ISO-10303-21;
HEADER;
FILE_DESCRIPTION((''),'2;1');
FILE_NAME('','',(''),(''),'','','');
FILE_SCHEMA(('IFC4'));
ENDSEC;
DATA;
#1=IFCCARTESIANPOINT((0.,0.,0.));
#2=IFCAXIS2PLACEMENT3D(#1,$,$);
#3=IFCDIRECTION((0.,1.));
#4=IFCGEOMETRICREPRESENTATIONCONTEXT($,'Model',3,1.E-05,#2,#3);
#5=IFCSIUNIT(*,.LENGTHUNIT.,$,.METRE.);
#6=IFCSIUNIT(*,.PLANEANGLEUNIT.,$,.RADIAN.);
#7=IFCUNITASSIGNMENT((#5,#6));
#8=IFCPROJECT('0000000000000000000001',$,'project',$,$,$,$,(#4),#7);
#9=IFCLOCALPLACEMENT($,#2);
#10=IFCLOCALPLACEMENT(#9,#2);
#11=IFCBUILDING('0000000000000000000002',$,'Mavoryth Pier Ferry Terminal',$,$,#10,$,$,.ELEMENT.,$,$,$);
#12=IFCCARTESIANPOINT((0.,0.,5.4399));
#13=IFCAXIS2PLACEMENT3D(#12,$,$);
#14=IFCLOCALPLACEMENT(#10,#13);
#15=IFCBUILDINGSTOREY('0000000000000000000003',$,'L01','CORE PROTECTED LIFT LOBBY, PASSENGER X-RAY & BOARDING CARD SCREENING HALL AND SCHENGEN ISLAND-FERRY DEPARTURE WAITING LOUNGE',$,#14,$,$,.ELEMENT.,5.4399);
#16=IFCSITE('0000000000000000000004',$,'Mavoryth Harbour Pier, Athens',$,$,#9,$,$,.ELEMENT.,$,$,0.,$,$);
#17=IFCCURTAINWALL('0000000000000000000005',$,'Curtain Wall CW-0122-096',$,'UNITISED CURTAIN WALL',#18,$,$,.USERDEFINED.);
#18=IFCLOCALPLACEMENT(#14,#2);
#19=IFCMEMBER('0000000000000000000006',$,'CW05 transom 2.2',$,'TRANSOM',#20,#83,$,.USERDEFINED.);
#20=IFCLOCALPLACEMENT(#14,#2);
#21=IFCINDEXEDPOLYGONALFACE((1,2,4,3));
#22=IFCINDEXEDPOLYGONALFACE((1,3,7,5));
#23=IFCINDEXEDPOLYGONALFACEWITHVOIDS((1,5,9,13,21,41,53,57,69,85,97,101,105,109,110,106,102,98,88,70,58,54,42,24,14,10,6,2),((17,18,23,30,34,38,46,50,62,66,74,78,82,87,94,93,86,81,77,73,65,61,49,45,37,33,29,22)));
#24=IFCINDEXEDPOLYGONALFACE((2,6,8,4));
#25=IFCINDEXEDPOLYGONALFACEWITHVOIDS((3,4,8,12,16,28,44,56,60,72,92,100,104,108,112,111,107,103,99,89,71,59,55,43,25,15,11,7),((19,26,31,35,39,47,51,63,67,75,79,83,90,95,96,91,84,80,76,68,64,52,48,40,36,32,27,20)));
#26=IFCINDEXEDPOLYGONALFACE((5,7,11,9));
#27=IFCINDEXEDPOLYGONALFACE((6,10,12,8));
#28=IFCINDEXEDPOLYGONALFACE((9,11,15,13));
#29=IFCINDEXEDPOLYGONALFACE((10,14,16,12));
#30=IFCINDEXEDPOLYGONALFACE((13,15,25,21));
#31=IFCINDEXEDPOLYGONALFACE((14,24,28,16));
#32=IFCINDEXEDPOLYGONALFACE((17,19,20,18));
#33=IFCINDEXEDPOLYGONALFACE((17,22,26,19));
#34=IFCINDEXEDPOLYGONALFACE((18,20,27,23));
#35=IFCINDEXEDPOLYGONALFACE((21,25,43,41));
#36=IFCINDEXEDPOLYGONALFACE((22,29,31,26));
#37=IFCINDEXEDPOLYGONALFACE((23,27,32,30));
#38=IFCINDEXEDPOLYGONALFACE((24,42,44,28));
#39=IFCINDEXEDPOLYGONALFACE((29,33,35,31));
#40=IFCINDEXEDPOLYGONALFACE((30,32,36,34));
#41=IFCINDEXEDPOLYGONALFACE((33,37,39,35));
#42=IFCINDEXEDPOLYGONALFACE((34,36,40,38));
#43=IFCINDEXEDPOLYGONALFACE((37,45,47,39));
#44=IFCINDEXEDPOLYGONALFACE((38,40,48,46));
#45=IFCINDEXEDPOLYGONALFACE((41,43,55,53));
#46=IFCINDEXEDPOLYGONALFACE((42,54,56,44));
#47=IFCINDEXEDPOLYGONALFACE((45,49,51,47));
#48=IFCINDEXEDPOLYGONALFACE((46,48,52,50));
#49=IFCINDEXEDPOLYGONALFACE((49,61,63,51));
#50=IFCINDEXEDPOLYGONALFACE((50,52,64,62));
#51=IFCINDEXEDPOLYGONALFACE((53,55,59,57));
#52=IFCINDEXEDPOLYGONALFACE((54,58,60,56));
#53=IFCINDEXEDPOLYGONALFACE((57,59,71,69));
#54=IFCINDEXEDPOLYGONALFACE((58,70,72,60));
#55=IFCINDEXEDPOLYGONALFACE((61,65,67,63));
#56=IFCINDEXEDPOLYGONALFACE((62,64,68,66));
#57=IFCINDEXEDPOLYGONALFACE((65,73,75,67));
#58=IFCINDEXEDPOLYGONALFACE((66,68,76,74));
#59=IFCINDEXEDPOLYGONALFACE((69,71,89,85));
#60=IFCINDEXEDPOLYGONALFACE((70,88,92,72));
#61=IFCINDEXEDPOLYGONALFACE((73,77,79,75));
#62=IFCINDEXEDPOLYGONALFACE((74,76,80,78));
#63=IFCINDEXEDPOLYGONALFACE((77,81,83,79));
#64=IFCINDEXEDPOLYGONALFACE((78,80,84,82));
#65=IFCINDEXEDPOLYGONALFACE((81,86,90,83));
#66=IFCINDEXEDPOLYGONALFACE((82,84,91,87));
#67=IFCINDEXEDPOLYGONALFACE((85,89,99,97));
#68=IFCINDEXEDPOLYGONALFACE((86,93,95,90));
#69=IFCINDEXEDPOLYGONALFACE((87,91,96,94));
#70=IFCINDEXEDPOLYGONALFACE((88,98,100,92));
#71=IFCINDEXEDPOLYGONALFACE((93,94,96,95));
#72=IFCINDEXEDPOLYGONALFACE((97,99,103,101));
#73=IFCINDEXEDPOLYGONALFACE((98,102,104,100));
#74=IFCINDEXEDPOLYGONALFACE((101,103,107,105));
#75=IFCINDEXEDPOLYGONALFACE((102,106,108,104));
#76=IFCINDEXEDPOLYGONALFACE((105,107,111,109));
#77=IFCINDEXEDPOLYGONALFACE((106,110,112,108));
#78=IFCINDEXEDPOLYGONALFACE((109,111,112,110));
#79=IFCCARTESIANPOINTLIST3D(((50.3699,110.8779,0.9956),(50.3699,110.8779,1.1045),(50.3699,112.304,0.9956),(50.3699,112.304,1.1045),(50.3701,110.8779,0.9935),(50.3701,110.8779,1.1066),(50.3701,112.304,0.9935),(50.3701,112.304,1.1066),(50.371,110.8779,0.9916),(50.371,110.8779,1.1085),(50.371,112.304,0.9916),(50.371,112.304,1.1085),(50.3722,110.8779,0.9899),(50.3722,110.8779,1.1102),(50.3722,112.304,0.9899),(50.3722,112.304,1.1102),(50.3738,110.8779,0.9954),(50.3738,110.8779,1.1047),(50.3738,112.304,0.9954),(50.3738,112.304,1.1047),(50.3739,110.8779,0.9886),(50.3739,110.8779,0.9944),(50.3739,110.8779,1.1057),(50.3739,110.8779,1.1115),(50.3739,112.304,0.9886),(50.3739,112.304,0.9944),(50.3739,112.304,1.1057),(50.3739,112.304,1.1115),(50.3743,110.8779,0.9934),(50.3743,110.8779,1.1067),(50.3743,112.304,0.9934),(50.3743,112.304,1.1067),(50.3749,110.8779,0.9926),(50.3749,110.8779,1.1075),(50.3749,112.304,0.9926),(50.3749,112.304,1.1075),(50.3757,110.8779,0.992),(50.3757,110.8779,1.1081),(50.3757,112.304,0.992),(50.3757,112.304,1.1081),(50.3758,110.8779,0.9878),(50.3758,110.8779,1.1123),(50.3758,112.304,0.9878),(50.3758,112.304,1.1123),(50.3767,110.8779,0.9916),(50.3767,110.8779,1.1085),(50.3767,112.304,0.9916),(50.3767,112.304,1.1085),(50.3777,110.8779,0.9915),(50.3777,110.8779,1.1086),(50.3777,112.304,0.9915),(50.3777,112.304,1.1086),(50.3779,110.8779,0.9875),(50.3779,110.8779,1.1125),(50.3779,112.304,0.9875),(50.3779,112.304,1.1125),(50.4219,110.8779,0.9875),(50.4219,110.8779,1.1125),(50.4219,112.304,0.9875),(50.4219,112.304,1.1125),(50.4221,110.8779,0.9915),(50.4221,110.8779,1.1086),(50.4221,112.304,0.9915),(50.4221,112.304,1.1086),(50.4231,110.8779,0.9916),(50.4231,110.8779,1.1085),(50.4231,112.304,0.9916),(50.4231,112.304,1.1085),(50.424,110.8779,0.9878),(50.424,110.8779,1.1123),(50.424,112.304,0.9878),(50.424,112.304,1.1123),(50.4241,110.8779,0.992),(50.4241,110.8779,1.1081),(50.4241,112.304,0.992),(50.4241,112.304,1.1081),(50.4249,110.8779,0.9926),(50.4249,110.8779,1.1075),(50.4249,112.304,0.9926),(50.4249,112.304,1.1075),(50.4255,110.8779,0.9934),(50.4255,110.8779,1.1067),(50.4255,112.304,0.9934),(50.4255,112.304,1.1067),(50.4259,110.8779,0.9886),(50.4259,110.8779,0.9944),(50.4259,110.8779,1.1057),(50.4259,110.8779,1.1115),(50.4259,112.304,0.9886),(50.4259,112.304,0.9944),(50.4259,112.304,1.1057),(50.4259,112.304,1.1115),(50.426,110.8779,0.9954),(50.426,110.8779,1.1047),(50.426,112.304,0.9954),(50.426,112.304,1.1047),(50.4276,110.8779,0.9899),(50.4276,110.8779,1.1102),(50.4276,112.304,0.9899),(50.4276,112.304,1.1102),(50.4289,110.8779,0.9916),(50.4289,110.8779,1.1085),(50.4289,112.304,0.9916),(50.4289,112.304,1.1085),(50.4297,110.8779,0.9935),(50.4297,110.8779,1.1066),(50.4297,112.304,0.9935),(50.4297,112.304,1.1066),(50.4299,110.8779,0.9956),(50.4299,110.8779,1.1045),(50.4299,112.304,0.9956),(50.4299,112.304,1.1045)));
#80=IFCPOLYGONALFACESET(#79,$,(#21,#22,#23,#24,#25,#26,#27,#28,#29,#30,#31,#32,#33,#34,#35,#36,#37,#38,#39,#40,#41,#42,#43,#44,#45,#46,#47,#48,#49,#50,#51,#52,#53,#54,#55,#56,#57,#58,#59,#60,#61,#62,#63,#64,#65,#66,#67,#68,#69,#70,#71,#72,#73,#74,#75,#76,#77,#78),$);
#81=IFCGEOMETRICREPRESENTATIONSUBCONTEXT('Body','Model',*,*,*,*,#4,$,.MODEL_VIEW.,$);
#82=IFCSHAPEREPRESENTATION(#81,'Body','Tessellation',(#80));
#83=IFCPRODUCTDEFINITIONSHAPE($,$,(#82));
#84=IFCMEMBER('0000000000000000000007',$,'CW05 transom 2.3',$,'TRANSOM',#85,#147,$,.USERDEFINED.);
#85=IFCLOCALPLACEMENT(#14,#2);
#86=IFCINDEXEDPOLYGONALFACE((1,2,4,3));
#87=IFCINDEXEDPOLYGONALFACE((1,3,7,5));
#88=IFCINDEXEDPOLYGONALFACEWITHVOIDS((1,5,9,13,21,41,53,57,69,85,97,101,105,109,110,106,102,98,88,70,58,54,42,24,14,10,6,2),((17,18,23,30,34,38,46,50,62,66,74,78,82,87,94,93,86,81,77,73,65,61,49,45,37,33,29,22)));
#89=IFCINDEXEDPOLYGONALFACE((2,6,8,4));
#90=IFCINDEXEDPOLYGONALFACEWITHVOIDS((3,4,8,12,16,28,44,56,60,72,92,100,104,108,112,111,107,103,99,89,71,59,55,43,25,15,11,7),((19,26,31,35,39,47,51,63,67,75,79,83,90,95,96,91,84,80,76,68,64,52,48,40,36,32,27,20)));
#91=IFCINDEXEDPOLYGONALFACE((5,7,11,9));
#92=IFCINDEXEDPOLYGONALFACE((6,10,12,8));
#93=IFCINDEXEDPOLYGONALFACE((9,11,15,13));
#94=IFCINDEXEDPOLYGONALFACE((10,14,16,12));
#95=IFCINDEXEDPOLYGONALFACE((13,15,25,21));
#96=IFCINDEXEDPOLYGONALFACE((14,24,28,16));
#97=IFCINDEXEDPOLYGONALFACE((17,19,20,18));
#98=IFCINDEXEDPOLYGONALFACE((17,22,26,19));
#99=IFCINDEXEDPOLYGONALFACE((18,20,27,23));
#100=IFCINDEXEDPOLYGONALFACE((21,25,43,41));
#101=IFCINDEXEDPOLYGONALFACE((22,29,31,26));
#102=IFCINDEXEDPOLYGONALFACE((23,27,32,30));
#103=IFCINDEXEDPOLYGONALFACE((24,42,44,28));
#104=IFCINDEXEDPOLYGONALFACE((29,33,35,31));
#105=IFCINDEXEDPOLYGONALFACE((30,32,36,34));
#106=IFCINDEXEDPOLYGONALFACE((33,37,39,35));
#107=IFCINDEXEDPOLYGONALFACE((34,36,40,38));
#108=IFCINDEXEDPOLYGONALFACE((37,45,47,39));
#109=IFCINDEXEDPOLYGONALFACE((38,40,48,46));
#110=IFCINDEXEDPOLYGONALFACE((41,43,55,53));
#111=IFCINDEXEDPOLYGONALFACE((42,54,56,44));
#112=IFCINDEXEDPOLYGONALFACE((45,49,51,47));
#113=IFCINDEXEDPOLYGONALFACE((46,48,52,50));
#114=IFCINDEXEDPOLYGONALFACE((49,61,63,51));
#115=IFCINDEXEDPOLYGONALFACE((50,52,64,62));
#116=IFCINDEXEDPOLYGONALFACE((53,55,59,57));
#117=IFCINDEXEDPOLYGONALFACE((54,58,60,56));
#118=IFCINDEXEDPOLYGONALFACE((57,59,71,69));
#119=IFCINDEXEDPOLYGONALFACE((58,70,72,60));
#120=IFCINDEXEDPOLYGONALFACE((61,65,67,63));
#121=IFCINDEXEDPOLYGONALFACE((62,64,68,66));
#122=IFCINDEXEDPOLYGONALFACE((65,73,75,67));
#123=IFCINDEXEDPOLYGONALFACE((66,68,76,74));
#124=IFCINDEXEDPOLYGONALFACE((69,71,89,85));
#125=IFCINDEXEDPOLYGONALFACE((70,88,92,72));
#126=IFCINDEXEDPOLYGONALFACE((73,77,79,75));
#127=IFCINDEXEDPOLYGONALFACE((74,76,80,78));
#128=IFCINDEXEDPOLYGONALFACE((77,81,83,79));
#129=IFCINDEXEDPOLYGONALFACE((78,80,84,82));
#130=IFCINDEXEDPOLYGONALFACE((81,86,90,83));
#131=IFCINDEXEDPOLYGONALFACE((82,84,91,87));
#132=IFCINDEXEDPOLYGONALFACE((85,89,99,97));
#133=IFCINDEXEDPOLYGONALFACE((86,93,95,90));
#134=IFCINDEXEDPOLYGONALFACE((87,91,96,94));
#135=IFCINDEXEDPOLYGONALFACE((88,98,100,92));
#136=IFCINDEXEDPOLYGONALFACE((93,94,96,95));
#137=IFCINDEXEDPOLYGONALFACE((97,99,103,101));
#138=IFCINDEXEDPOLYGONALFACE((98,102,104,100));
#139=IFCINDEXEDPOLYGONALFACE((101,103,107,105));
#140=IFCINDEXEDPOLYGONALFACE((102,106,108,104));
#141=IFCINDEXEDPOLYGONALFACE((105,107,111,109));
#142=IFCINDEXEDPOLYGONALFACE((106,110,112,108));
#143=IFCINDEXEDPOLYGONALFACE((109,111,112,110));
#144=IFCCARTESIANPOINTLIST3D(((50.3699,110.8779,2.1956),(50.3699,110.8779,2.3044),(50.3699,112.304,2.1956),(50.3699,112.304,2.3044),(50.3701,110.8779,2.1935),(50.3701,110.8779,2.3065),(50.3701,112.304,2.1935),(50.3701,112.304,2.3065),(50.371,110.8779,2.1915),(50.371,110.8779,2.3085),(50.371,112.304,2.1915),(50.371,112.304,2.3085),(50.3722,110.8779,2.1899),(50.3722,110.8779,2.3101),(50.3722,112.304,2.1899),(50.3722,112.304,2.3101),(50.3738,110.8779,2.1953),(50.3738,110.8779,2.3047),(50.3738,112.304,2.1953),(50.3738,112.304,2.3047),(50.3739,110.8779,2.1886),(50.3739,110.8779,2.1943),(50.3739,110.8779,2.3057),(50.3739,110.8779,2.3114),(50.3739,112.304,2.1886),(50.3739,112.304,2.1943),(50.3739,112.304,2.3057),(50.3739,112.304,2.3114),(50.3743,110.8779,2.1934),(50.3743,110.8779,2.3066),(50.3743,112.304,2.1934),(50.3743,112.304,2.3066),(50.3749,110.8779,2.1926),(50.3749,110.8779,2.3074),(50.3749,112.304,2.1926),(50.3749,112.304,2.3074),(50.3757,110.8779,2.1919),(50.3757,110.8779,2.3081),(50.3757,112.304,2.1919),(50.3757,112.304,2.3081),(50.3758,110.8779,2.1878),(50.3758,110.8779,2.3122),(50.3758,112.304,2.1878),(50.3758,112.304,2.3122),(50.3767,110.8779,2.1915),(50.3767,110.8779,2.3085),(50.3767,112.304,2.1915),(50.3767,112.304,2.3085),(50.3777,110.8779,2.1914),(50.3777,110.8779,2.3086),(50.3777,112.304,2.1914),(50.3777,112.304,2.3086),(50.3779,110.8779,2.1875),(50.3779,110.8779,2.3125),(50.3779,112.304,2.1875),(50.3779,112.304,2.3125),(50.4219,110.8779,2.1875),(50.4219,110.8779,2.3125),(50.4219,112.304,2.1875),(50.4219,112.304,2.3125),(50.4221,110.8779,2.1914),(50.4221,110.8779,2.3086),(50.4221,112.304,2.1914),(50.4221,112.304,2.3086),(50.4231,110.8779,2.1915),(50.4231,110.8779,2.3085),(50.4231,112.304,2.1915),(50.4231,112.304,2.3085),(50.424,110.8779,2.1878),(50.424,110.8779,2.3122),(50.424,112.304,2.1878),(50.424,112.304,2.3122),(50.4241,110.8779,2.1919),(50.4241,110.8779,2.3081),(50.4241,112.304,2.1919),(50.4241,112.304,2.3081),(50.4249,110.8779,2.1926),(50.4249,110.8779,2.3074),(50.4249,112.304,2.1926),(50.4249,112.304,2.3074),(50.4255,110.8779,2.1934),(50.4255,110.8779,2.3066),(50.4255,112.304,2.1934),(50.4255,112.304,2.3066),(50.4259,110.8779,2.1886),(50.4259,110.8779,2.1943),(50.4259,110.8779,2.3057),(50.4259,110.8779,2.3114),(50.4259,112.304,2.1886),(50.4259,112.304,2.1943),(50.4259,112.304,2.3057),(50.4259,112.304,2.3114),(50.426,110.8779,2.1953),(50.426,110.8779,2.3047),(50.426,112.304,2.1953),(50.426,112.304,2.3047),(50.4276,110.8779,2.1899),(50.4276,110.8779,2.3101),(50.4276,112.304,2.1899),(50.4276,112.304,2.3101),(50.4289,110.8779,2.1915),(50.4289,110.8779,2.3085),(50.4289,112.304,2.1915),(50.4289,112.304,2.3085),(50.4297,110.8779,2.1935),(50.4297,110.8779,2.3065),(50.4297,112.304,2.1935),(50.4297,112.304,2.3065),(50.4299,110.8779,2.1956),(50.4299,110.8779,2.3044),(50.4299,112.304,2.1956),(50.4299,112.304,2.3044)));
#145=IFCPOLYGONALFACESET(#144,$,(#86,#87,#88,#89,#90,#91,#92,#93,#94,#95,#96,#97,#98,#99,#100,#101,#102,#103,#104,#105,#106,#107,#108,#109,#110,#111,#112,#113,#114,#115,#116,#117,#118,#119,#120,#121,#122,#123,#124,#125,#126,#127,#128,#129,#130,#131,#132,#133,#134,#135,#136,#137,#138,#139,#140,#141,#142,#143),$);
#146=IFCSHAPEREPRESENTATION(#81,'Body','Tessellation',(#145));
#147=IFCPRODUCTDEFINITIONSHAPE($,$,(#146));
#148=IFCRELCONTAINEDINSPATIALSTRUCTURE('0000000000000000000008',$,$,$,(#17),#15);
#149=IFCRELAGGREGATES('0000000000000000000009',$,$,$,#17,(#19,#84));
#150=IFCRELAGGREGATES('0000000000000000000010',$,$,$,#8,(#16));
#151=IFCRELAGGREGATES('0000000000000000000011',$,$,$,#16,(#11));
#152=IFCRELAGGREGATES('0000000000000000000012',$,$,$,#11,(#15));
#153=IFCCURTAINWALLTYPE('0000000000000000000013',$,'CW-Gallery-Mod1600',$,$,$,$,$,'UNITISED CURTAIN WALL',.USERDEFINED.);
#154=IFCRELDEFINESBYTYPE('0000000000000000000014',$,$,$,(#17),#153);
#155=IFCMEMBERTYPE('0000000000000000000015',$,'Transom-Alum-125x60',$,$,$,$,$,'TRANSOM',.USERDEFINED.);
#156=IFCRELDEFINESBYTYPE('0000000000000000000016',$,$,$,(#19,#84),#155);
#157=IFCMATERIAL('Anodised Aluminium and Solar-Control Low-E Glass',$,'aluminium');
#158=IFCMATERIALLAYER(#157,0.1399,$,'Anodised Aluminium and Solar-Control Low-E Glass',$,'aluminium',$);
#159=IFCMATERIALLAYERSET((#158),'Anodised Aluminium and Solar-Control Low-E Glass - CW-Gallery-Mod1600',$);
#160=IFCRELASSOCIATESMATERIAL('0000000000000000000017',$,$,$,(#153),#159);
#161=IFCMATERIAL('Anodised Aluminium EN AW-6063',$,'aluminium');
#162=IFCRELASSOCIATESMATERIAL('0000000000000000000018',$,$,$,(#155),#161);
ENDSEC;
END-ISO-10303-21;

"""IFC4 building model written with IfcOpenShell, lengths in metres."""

from ifc_helpers import new_model, si_unit, direction, frame, origin, origin_2d, place, context, subcontext, project, spatial, hollow_rectangle, extrude, material, layer, layer_set, material_profile, profile_set, type_object, element, aggregate, save


model = new_model("IFC4")

# Units and contexts
model_context = context("Model", 3, precision=1e-05, world=origin(), true_north=direction((0.0, 1.0)))
body_context = subcontext(model_context, "Body", "Model", "MODEL_VIEW")
ifc_project = project(units=[si_unit("LENGTHUNIT", "METRE"), si_unit("PLANEANGLEUNIT", "RADIAN")], contexts=[model_context])

# Site, building, storey
site_placement = place(None, origin())
site = spatial("IfcSite", under=ifc_project, at=site_placement, Name="Mavoryth Harbour Pier, Athens", CompositionType="ELEMENT", RefElevation=0.0)
building_placement = place(site_placement, origin())
building = spatial("IfcBuilding", under=site, at=building_placement, Name="Mavoryth Pier Ferry Terminal", CompositionType="ELEMENT")
storey_placement = place(building_placement, frame((0.0, 0.0, 5.4399)))
storey = spatial("IfcBuildingStorey", under=building, at=storey_placement, Name="L01", Description="CORE PROTECTED LIFT LOBBY, PASSENGER X-RAY & BOARDING CARD SCREENING HALL AND SCHENGEN ISLAND-FERRY DEPARTURE WAITING LOUNGE", CompositionType="ELEMENT", Elevation=5.4399)

# Curtain wall
ifc_material_1 = material(Name="Anodised Aluminium and Solar-Control Low-E Glass", Category="aluminium")
ifc_layer_1 = layer(ifc_material_1, 0.1399, Name="Anodised Aluminium and Solar-Control Low-E Glass", Category="aluminium")
ifc_layer_set_1 = layer_set([ifc_layer_1], Name="Anodised Aluminium and Solar-Control Low-E Glass - CW-Gallery-Mod1600")
curtain_wall_type = type_object("IfcCurtainWallType", Name="CW-Gallery-Mod1600", ElementType="UNITISED CURTAIN WALL", PredefinedType="USERDEFINED", material=ifc_layer_set_1)
curtain_wall_placement = place(storey_placement, origin())
curtain_wall = element("IfcCurtainWall", 1, at=curtain_wall_placement, inside=storey, type_object=curtain_wall_type, Name="Curtain Wall CW-0122-096", ObjectType="UNITISED CURTAIN WALL", PredefinedType="USERDEFINED")
ifc_material_2 = material(Name="Anodised Aluminium EN AW-6063", Category="aluminium")

# Members
ifc_material_profile_1 = material_profile(ifc_material_2, hollow_rectangle(XDim=0.0601, YDim=0.125, WallThickness=0.0039, InnerFilletRadius=0.0039, OuterFilletRadius=0.0081, at=origin_2d()), Name="AL-TRAN 125x60x4", Category="aluminium")
ifc_profile_set_1 = profile_set([ifc_material_profile_1], Name="Anodised Aluminium EN AW-6063 - AL-TRAN 125x60x4")
member_type_1 = type_object("IfcMemberType", Name="Transom-Alum-125x60", ElementType="TRANSOM", PredefinedType="USERDEFINED", material=ifc_profile_set_1)
member_1_placement = place(storey_placement, frame((50.3999, 112.304, 1.05), z_axis=(0.0, -1.0, 0.0), x_axis=(1.0, 0.0, 0.0)))
member_1 = element("IfcMember", 2, at=member_1_placement, type_object=member_type_1, Name="CW05 transom 2.2", ObjectType="TRANSOM", PredefinedType="USERDEFINED", context=body_context, shape_type="SweptSolid", body=[
    extrude(hollow_rectangle(XDim=0.0601, YDim=0.125, WallThickness=0.0039, InnerFilletRadius=0.0039, OuterFilletRadius=0.0081, at=origin_2d()), origin(), (0.0, 0.0, 1.0), 1.426),
])
member_2_placement = place(storey_placement, frame((50.3999, 112.304, 2.25), z_axis=(0.0, -1.0, 0.0), x_axis=(1.0, 0.0, 0.0)))
member_2 = element("IfcMember", 3, at=member_2_placement, type_object=member_type_1, Name="CW05 transom 2.3", ObjectType="TRANSOM", PredefinedType="USERDEFINED", context=body_context, shape_type="SweptSolid", body=[
    extrude(hollow_rectangle(XDim=0.0601, YDim=0.125, WallThickness=0.0039, InnerFilletRadius=0.0039, OuterFilletRadius=0.0081, at=origin_2d()), origin(), (0.0, 0.0, 1.0), 1.426),
])

aggregate(curtain_wall, [member_1, member_2])

save(model, "model.ifc")
